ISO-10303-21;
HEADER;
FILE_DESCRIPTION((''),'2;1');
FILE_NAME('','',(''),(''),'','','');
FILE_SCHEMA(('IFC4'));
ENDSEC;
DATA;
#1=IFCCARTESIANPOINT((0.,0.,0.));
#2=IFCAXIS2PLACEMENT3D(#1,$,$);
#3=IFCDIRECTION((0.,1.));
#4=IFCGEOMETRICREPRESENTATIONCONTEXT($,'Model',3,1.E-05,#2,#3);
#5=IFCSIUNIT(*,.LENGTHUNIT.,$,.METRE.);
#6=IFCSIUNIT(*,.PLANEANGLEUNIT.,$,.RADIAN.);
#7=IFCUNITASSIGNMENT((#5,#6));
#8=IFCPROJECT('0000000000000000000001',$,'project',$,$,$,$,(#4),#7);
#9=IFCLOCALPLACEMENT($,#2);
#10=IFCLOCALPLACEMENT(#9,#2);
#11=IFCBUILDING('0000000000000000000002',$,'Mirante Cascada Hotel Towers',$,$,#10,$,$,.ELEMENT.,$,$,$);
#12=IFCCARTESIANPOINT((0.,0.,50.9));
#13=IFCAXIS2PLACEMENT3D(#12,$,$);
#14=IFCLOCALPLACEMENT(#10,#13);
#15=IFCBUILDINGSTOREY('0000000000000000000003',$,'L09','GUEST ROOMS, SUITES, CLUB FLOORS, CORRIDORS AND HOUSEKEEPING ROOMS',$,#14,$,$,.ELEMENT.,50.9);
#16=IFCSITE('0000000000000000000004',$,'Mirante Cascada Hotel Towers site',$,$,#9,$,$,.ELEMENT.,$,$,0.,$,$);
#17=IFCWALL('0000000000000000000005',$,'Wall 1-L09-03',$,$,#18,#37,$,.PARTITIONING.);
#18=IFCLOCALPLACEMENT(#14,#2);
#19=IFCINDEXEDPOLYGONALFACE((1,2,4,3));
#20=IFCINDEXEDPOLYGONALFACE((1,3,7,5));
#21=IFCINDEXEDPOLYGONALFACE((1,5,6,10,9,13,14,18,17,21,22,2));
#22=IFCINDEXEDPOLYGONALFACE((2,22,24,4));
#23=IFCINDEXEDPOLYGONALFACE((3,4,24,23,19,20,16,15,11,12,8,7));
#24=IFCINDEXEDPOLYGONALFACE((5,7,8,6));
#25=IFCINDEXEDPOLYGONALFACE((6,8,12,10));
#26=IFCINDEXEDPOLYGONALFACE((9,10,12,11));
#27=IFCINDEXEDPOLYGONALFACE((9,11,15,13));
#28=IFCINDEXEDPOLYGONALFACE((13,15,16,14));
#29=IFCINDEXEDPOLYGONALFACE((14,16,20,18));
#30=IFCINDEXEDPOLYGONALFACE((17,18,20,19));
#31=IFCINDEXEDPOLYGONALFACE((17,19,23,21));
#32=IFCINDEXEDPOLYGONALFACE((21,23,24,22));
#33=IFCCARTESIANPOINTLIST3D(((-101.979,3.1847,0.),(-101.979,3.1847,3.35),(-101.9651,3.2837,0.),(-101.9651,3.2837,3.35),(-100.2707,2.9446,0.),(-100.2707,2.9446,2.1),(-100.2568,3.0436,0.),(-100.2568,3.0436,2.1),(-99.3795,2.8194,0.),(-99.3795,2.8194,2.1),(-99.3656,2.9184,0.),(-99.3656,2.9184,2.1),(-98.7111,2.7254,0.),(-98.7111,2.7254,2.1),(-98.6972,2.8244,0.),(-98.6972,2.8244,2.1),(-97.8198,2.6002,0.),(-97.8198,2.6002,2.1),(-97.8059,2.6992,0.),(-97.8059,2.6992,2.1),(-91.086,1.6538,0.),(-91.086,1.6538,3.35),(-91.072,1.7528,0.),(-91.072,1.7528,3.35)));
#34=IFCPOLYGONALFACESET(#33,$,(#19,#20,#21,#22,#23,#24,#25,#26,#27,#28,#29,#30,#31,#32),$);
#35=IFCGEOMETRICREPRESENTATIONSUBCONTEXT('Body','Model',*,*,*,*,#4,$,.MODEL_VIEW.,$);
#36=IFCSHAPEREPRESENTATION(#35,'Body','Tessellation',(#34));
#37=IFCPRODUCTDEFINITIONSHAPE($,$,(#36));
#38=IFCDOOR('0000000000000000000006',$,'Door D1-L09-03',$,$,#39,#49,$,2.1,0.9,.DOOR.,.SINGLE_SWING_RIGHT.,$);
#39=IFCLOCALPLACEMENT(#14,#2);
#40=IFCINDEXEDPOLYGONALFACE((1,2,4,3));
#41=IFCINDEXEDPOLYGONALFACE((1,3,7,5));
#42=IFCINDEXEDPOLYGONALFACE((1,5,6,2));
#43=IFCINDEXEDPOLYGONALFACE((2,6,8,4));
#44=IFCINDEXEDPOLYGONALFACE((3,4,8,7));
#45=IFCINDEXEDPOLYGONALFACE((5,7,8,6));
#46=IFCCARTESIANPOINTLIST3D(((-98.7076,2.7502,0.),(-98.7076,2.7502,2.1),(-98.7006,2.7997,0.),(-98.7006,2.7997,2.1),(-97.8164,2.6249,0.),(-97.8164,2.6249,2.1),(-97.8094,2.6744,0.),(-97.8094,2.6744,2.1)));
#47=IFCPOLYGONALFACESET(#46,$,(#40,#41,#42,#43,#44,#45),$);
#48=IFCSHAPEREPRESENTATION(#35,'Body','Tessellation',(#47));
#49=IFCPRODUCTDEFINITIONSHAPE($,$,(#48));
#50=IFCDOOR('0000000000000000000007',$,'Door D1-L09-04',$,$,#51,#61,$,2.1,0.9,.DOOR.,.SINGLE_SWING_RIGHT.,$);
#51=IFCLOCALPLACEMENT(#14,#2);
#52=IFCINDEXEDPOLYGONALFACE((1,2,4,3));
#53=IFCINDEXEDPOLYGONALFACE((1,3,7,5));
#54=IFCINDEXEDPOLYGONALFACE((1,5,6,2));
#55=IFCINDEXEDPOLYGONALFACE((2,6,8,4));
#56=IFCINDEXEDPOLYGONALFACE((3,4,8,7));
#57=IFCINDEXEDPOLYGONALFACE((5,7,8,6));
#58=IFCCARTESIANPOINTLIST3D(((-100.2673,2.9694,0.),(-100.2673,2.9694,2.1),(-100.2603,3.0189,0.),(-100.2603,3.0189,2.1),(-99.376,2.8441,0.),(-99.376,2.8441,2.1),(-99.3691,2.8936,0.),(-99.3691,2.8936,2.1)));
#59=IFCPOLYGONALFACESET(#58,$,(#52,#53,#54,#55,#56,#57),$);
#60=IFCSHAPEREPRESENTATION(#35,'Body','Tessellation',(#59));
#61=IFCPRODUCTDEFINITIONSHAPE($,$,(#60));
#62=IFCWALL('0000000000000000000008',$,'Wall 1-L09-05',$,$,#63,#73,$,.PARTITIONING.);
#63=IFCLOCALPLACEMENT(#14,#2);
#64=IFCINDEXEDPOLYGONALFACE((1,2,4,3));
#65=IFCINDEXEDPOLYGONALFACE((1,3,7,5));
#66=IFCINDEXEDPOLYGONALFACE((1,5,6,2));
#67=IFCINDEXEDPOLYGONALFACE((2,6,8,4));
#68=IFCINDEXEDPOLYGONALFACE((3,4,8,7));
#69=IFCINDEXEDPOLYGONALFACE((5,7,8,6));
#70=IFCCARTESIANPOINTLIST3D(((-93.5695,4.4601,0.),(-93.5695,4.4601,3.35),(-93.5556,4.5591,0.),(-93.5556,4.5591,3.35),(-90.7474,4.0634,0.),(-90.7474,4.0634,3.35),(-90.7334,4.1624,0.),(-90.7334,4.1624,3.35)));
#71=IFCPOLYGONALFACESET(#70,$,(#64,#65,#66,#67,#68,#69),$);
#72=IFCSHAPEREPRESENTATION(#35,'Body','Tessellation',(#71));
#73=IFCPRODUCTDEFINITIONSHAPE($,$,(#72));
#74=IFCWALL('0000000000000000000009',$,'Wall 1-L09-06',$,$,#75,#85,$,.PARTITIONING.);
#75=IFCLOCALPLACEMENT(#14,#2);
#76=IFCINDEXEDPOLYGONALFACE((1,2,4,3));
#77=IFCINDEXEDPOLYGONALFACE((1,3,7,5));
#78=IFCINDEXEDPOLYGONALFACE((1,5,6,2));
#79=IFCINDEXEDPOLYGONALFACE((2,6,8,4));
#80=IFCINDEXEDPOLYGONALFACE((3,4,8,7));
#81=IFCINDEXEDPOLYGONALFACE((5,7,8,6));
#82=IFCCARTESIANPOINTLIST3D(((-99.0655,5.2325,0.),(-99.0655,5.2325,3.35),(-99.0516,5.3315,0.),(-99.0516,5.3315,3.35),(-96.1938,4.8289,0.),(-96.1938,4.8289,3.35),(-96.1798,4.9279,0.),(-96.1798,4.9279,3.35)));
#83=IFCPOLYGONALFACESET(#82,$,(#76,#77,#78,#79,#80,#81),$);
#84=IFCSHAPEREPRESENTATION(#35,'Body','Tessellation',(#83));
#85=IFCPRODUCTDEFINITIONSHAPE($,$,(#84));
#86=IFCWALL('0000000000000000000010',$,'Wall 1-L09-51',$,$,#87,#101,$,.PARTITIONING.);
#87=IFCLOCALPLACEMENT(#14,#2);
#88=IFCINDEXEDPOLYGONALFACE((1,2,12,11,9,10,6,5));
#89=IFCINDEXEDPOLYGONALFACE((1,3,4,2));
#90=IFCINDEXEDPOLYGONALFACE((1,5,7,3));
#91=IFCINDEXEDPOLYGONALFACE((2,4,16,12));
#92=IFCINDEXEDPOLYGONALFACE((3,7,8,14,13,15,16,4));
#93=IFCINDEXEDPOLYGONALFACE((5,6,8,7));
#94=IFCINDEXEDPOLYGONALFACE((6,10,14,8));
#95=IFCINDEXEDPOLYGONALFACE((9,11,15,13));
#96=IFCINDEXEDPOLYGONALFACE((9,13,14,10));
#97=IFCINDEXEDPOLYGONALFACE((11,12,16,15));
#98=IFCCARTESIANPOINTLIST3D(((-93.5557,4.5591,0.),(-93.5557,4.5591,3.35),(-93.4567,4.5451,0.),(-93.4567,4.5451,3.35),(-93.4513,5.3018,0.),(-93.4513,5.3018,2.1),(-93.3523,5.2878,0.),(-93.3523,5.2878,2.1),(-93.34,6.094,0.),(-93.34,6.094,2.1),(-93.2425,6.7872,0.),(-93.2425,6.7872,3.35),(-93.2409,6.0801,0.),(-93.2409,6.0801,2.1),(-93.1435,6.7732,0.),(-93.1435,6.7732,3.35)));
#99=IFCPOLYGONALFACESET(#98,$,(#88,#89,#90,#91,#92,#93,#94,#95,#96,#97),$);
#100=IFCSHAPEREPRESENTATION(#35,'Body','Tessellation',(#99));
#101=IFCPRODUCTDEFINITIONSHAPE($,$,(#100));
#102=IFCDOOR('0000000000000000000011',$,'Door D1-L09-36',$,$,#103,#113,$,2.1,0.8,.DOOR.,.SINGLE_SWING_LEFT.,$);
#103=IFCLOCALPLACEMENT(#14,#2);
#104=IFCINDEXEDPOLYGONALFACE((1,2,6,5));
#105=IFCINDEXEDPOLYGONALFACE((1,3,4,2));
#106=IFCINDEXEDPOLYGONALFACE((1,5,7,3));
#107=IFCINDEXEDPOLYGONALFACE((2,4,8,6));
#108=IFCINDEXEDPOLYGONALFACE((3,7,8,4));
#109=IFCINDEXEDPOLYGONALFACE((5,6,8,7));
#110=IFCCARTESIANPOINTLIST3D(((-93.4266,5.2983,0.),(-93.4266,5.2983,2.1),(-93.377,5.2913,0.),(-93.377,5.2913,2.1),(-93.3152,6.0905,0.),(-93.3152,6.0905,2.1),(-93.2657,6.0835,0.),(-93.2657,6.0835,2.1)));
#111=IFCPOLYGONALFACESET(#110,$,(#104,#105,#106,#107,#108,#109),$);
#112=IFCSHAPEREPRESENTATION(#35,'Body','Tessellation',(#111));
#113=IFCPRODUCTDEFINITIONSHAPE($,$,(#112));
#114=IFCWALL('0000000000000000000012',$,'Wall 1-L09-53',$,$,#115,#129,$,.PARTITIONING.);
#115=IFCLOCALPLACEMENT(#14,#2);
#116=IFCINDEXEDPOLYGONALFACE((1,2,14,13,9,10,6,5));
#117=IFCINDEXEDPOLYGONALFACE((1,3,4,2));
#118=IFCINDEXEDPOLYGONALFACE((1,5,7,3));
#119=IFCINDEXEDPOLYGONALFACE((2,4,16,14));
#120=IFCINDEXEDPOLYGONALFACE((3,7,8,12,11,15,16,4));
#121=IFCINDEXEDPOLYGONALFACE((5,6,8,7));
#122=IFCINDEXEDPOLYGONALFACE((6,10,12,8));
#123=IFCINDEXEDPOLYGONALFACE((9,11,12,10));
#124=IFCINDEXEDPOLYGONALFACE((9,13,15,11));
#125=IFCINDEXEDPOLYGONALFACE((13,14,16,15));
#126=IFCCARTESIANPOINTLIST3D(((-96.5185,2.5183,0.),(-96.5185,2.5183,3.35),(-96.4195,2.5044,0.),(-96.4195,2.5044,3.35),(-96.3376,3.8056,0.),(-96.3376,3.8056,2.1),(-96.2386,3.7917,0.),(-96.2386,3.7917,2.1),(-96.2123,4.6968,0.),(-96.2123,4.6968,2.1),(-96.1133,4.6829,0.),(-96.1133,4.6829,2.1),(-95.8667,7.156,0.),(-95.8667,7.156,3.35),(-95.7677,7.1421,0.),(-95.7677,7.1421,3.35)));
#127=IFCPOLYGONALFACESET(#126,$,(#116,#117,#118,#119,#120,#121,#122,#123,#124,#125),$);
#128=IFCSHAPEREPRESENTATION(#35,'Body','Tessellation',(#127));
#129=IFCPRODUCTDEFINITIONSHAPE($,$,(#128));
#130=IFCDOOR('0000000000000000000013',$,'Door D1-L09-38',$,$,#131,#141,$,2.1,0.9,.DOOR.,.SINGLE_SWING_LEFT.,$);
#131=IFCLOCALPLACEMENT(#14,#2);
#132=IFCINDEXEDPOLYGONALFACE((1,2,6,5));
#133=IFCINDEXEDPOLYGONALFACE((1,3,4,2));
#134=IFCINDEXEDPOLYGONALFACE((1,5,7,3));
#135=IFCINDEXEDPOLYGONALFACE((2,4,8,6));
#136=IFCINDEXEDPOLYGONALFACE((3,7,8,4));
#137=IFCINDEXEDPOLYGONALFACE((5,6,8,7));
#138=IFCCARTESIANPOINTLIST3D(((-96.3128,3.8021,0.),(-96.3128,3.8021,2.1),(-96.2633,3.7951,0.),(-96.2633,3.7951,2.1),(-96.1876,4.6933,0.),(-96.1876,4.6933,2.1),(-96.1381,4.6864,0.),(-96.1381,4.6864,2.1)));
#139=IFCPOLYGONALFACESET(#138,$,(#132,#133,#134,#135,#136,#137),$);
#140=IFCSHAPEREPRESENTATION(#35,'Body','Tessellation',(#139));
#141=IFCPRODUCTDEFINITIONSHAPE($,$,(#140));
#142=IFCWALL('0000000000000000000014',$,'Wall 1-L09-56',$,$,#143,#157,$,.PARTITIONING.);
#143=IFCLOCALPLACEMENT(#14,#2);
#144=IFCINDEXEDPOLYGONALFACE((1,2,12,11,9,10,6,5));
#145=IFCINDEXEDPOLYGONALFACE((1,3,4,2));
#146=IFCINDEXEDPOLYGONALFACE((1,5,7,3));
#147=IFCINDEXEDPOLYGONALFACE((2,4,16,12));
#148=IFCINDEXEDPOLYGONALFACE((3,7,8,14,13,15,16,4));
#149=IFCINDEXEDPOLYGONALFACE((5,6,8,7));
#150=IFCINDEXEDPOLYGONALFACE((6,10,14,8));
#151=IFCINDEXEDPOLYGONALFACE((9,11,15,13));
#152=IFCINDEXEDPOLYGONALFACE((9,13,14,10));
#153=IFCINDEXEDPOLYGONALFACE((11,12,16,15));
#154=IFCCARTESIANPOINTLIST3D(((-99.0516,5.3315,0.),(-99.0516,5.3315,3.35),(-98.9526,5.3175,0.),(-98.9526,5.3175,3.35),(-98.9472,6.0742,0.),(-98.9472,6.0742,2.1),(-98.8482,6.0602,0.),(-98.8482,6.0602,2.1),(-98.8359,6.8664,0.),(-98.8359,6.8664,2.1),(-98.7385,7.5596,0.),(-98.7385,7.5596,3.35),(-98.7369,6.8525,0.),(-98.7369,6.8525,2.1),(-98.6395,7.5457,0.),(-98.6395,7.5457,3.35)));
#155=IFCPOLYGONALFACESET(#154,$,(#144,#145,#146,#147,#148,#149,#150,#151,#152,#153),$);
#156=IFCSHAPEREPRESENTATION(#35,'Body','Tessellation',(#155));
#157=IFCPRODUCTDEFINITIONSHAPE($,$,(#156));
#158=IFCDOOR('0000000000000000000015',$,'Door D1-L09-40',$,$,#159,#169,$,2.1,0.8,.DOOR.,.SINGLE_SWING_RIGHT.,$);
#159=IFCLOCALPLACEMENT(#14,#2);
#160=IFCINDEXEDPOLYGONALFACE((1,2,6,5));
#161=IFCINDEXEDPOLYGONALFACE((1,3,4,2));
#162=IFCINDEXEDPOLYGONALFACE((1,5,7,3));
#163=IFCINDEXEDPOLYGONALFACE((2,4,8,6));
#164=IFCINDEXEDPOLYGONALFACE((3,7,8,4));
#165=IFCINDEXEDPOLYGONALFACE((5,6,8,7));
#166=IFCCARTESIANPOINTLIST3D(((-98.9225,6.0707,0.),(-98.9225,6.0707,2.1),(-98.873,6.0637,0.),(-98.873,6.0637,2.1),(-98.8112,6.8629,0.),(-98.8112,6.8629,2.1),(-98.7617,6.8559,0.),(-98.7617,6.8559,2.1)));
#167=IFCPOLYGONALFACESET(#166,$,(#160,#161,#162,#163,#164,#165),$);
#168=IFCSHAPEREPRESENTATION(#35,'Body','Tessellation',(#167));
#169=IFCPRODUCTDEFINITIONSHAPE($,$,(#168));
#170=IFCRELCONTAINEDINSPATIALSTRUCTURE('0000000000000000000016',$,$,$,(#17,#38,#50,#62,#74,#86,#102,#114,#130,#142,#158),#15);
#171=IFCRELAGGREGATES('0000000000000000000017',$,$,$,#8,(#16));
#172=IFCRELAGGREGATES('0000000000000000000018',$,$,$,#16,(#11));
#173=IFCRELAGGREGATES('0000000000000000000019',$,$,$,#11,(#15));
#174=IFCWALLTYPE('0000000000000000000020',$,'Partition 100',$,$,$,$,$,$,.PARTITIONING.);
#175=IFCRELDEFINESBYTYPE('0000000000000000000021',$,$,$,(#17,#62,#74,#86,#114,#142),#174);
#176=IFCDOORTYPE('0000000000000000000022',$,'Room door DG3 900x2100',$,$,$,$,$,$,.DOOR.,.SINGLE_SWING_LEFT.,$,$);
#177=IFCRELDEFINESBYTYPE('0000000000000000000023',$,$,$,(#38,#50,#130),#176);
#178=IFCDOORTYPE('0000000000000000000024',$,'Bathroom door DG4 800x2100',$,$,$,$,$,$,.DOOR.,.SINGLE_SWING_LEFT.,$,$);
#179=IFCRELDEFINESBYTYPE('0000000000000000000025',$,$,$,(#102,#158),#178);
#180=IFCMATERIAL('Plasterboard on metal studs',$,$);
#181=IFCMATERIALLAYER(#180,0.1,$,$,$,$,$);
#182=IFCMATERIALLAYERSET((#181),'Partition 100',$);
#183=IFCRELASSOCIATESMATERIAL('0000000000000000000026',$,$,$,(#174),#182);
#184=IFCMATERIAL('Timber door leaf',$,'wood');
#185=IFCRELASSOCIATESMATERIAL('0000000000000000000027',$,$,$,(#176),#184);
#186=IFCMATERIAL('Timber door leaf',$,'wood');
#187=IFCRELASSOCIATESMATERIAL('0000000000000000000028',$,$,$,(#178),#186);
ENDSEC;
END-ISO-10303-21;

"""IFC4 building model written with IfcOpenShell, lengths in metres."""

from ifc_helpers import new_model, si_unit, direction, frame, frame_2d, origin, place, context, subcontext, project, spatial, rectangle, extrude, material, layer, layer_set, type_object, element, fill, save


model = new_model("IFC4")

# Units and contexts
model_context = context("Model", 3, precision=1e-05, world=origin(), true_north=direction((0.0, 1.0)))
body_context = subcontext(model_context, "Body", "Model", "MODEL_VIEW")
ifc_project = project(units=[si_unit("LENGTHUNIT", "METRE"), si_unit("PLANEANGLEUNIT", "RADIAN")], contexts=[model_context])

# Site, building, storey
site_placement = place(None, origin())
site = spatial("IfcSite", under=ifc_project, at=site_placement, Name="Mirante Cascada Hotel Towers site", CompositionType="ELEMENT", RefElevation=0.0)
building_placement = place(site_placement, origin())
building = spatial("IfcBuilding", under=site, at=building_placement, Name="Mirante Cascada Hotel Towers", CompositionType="ELEMENT")
storey_placement = place(building_placement, frame((0.0, 0.0, 50.9)))
storey = spatial("IfcBuildingStorey", under=building, at=storey_placement, Name="L09", Description="GUEST ROOMS, SUITES, CLUB FLOORS, CORRIDORS AND HOUSEKEEPING ROOMS", CompositionType="ELEMENT", Elevation=50.9)

# Wall, openings, doors
ifc_material_1 = material(Name="Plasterboard on metal studs")
ifc_layer_1 = layer(ifc_material_1, 0.1)
ifc_layer_set_1 = layer_set([ifc_layer_1], Name="Partition 100")
wall_type_1 = type_object("IfcWallType", Name="Partition 100", PredefinedType="PARTITIONING", material=ifc_layer_set_1)
wall_1_placement = place(storey_placement, frame((-101.972, 3.2342, 0.0), z_axis=(0.0, 0.0, 1.0), x_axis=(0.990268, -0.139172, 0.0)))
wall_1 = element("IfcWall", 1, at=wall_1_placement, inside=storey, type_object=wall_type_1, Name="Wall 1-L09-03", PredefinedType="PARTITIONING", context=body_context, shape_type="SweptSolid", body=[
    extrude(rectangle(XDim=11.0001, YDim=0.1, at=frame_2d((5.5, 0.0))), origin(), (0.0, 0.0, 1.0), 3.35),
])
opening_1_placement = place(wall_1_placement, frame((3.3, 0.0, 0.0)))
opening_1 = element("IfcOpeningElement", 2, at=opening_1_placement, cuts=wall_1, PredefinedType="OPENING", context=body_context, shape_type="SweptSolid", body=[
    extrude(rectangle(XDim=0.9, YDim=2.1, at=frame_2d((0.45, 1.05))), frame((0.0, 0.05, 0.0), z_axis=(0.0, -1.0, 0.0), x_axis=(1.0, 0.0, 0.0)), (0.0, 0.0, 1.0), 0.1),
])
opening_2_placement = place(wall_1_placement, frame((1.725, 0.0, 0.0)))
opening_2 = element("IfcOpeningElement", 3, at=opening_2_placement, cuts=wall_1, PredefinedType="OPENING", context=body_context, shape_type="SweptSolid", body=[
    extrude(rectangle(XDim=0.9, YDim=2.1, at=frame_2d((0.45, 1.05))), frame((0.0, 0.05, 0.0), z_axis=(0.0, -1.0, 0.0), x_axis=(1.0, 0.0, 0.0)), (0.0, 0.0, 1.0), 0.1),
])
ifc_material_2 = material(Name="Timber door leaf", Category="wood")
door_type_1 = type_object("IfcDoorType", Name="Room door DG3 900x2100", OperationType="SINGLE_SWING_LEFT", PredefinedType="DOOR", material=ifc_material_2)
door_1_placement = place(opening_1_placement, frame((0.9, 0.0, 0.0), z_axis=(0.0, 0.0, 1.0), x_axis=(-1.0, 0.0, 0.0)))
door_1 = element("IfcDoor", 4, at=door_1_placement, inside=storey, type_object=door_type_1, Name="Door D1-L09-03", OperationType="SINGLE_SWING_RIGHT", OverallHeight=2.1, OverallWidth=0.9, PredefinedType="DOOR", context=body_context, shape_type="SweptSolid", body=[
    extrude(rectangle(XDim=0.9, YDim=2.1, at=frame_2d((0.45, 1.05))), frame((0.0, 0.025, 0.0), z_axis=(0.0, -1.0, 0.0), x_axis=(1.0, 0.0, 0.0)), (0.0, 0.0, 1.0), 0.05),
])
fill(opening_1, door_1)
door_2_placement = place(opening_2_placement, frame((0.9, 0.0, 0.0), z_axis=(0.0, 0.0, 1.0), x_axis=(-1.0, 0.0, 0.0)))
door_2 = element("IfcDoor", 5, at=door_2_placement, inside=storey, type_object=door_type_1, Name="Door D1-L09-04", OperationType="SINGLE_SWING_RIGHT", OverallHeight=2.1, OverallWidth=0.9, PredefinedType="DOOR", context=body_context, shape_type="SweptSolid", body=[
    extrude(rectangle(XDim=0.9, YDim=2.1, at=frame_2d((0.45, 1.05))), frame((0.0, 0.025, 0.0), z_axis=(0.0, -1.0, 0.0), x_axis=(1.0, 0.0, 0.0)), (0.0, 0.0, 1.0), 0.05),
])
fill(opening_2, door_2)

# Walls
wall_2_placement = place(storey_placement, frame((-93.5626, 4.5096, 0.0), z_axis=(0.0, 0.0, 1.0), x_axis=(0.990265, -0.139196, 0.0)))
element("IfcWall", 6, at=wall_2_placement, inside=storey, type_object=wall_type_1, Name="Wall 1-L09-05", PredefinedType="PARTITIONING", context=body_context, shape_type="SweptSolid", body=[
    extrude(rectangle(XDim=2.8499, YDim=0.1, at=frame_2d((1.425, 0.0))), origin(), (0.0, 0.0, 1.0), 3.35),
])
wall_3_placement = place(storey_placement, frame((-96.1868, 4.8784, 0.0), z_axis=(0.0, 0.0, 1.0), x_axis=(-0.990268, 0.139171, 0.0)))
element("IfcWall", 7, at=wall_3_placement, inside=storey, type_object=wall_type_1, Name="Wall 1-L09-06", PredefinedType="PARTITIONING", context=body_context, shape_type="SweptSolid", body=[
    extrude(rectangle(XDim=2.9, YDim=0.1, at=frame_2d((1.45, 0.0))), origin(), (0.0, 0.0, 1.0), 3.35),
])

# Walls, openings, doors
wall_4_placement = place(storey_placement, frame((-93.193, 6.7802, 0.0), z_axis=(0.0, 0.0, 1.0), x_axis=(-0.1392, -0.990264, 0.0)))
wall_4 = element("IfcWall", 8, at=wall_4_placement, inside=storey, type_object=wall_type_1, Name="Wall 1-L09-51", PredefinedType="PARTITIONING", context=body_context, shape_type="SweptSolid", body=[
    extrude(rectangle(XDim=2.25, YDim=0.1, at=frame_2d((1.125, 0.0))), origin(), (0.0, 0.0, 1.0), 3.35),
])
opening_3_placement = place(wall_4_placement, frame((0.7, 0.0, 0.0)))
opening_3 = element("IfcOpeningElement", 9, at=opening_3_placement, cuts=wall_4, PredefinedType="OPENING", context=body_context, shape_type="SweptSolid", body=[
    extrude(rectangle(XDim=0.8, YDim=2.1, at=frame_2d((0.4, 1.05))), frame((0.0, 0.05, 0.0), z_axis=(0.0, -1.0, 0.0), x_axis=(1.0, 0.0, 0.0)), (0.0, 0.0, 1.0), 0.1),
])
ifc_material_3 = material(Name="Timber door leaf", Category="wood")
door_type_2 = type_object("IfcDoorType", Name="Bathroom door DG4 800x2100", OperationType="SINGLE_SWING_LEFT", PredefinedType="DOOR", material=ifc_material_3)
door_3_placement = place(opening_3_placement, origin())
door_3 = element("IfcDoor", 10, at=door_3_placement, inside=storey, type_object=door_type_2, Name="Door D1-L09-36", OperationType="SINGLE_SWING_LEFT", OverallHeight=2.1, OverallWidth=0.8, PredefinedType="DOOR", context=body_context, shape_type="SweptSolid", body=[
    extrude(rectangle(XDim=0.8, YDim=2.1, at=frame_2d((0.4, 1.05))), frame((0.0, 0.025, 0.0), z_axis=(0.0, -1.0, 0.0), x_axis=(1.0, 0.0, 0.0)), (0.0, 0.0, 1.0), 0.05),
])
fill(opening_3, door_3)
wall_5_placement = place(storey_placement, frame((-95.8172, 7.149, 0.0), z_axis=(0.0, 0.0, 1.0), x_axis=(-0.139176, -0.990268, 0.0)))
wall_5 = element("IfcWall", 11, at=wall_5_placement, inside=storey, type_object=wall_type_1, Name="Wall 1-L09-53", PredefinedType="PARTITIONING", context=body_context, shape_type="SweptSolid", body=[
    extrude(rectangle(XDim=4.6833, YDim=0.1, at=frame_2d((2.3416, 0.0))), origin(), (0.0, 0.0, 1.0), 3.35),
])
opening_4_placement = place(wall_5_placement, frame((2.4833, 0.0, 0.0)))
opening_4 = element("IfcOpeningElement", 12, at=opening_4_placement, cuts=wall_5, PredefinedType="OPENING", context=body_context, shape_type="SweptSolid", body=[
    extrude(rectangle(XDim=0.9, YDim=2.1, at=frame_2d((0.45, 1.05))), frame((0.0, 0.05, 0.0), z_axis=(0.0, -1.0, 0.0), x_axis=(1.0, 0.0, 0.0)), (0.0, 0.0, 1.0), 0.1),
])
door_4_placement = place(opening_4_placement, origin())
door_4 = element("IfcDoor", 13, at=door_4_placement, inside=storey, type_object=door_type_1, Name="Door D1-L09-38", OperationType="SINGLE_SWING_LEFT", OverallHeight=2.1, OverallWidth=0.9, PredefinedType="DOOR", context=body_context, shape_type="SweptSolid", body=[
    extrude(rectangle(XDim=0.9, YDim=2.1, at=frame_2d((0.45, 1.05))), frame((0.0, 0.025, 0.0), z_axis=(0.0, -1.0, 0.0), x_axis=(1.0, 0.0, 0.0)), (0.0, 0.0, 1.0), 0.05),
])
fill(opening_4, door_4)
wall_6_placement = place(storey_placement, frame((-99.0021, 5.3245, 0.0), z_axis=(0.0, 0.0, 1.0), x_axis=(0.139156, 0.990271, 0.0)))
wall_6 = element("IfcWall", 14, at=wall_6_placement, inside=storey, type_object=wall_type_1, Name="Wall 1-L09-56", PredefinedType="PARTITIONING", context=body_context, shape_type="SweptSolid", body=[
    extrude(rectangle(XDim=2.25, YDim=0.1, at=frame_2d((1.125, 0.0))), origin(), (0.0, 0.0, 1.0), 3.35),
])
opening_5_placement = place(wall_6_placement, frame((0.75, 0.0, 0.0)))
opening_5 = element("IfcOpeningElement", 15, at=opening_5_placement, cuts=wall_6, PredefinedType="OPENING", context=body_context, shape_type="SweptSolid", body=[
    extrude(rectangle(XDim=0.8, YDim=2.1, at=frame_2d((0.4, 1.05))), frame((0.0, 0.05, 0.0), z_axis=(0.0, -1.0, 0.0), x_axis=(1.0, 0.0, 0.0)), (0.0, 0.0, 1.0), 0.1),
])
door_5_placement = place(opening_5_placement, frame((0.8, 0.0, 0.0), z_axis=(0.0, 0.0, 1.0), x_axis=(-1.0, 0.0, 0.0)))
door_5 = element("IfcDoor", 16, at=door_5_placement, inside=storey, type_object=door_type_2, Name="Door D1-L09-40", OperationType="SINGLE_SWING_RIGHT", OverallHeight=2.1, OverallWidth=0.8, PredefinedType="DOOR", context=body_context, shape_type="SweptSolid", body=[
    extrude(rectangle(XDim=0.8, YDim=2.1, at=frame_2d((0.4, 1.05))), frame((0.0, 0.025, 0.0), z_axis=(0.0, -1.0, 0.0), x_axis=(1.0, 0.0, 0.0)), (0.0, 0.0, 1.0), 0.05),
])
fill(opening_5, door_5)

save(model, "model.ifc")
